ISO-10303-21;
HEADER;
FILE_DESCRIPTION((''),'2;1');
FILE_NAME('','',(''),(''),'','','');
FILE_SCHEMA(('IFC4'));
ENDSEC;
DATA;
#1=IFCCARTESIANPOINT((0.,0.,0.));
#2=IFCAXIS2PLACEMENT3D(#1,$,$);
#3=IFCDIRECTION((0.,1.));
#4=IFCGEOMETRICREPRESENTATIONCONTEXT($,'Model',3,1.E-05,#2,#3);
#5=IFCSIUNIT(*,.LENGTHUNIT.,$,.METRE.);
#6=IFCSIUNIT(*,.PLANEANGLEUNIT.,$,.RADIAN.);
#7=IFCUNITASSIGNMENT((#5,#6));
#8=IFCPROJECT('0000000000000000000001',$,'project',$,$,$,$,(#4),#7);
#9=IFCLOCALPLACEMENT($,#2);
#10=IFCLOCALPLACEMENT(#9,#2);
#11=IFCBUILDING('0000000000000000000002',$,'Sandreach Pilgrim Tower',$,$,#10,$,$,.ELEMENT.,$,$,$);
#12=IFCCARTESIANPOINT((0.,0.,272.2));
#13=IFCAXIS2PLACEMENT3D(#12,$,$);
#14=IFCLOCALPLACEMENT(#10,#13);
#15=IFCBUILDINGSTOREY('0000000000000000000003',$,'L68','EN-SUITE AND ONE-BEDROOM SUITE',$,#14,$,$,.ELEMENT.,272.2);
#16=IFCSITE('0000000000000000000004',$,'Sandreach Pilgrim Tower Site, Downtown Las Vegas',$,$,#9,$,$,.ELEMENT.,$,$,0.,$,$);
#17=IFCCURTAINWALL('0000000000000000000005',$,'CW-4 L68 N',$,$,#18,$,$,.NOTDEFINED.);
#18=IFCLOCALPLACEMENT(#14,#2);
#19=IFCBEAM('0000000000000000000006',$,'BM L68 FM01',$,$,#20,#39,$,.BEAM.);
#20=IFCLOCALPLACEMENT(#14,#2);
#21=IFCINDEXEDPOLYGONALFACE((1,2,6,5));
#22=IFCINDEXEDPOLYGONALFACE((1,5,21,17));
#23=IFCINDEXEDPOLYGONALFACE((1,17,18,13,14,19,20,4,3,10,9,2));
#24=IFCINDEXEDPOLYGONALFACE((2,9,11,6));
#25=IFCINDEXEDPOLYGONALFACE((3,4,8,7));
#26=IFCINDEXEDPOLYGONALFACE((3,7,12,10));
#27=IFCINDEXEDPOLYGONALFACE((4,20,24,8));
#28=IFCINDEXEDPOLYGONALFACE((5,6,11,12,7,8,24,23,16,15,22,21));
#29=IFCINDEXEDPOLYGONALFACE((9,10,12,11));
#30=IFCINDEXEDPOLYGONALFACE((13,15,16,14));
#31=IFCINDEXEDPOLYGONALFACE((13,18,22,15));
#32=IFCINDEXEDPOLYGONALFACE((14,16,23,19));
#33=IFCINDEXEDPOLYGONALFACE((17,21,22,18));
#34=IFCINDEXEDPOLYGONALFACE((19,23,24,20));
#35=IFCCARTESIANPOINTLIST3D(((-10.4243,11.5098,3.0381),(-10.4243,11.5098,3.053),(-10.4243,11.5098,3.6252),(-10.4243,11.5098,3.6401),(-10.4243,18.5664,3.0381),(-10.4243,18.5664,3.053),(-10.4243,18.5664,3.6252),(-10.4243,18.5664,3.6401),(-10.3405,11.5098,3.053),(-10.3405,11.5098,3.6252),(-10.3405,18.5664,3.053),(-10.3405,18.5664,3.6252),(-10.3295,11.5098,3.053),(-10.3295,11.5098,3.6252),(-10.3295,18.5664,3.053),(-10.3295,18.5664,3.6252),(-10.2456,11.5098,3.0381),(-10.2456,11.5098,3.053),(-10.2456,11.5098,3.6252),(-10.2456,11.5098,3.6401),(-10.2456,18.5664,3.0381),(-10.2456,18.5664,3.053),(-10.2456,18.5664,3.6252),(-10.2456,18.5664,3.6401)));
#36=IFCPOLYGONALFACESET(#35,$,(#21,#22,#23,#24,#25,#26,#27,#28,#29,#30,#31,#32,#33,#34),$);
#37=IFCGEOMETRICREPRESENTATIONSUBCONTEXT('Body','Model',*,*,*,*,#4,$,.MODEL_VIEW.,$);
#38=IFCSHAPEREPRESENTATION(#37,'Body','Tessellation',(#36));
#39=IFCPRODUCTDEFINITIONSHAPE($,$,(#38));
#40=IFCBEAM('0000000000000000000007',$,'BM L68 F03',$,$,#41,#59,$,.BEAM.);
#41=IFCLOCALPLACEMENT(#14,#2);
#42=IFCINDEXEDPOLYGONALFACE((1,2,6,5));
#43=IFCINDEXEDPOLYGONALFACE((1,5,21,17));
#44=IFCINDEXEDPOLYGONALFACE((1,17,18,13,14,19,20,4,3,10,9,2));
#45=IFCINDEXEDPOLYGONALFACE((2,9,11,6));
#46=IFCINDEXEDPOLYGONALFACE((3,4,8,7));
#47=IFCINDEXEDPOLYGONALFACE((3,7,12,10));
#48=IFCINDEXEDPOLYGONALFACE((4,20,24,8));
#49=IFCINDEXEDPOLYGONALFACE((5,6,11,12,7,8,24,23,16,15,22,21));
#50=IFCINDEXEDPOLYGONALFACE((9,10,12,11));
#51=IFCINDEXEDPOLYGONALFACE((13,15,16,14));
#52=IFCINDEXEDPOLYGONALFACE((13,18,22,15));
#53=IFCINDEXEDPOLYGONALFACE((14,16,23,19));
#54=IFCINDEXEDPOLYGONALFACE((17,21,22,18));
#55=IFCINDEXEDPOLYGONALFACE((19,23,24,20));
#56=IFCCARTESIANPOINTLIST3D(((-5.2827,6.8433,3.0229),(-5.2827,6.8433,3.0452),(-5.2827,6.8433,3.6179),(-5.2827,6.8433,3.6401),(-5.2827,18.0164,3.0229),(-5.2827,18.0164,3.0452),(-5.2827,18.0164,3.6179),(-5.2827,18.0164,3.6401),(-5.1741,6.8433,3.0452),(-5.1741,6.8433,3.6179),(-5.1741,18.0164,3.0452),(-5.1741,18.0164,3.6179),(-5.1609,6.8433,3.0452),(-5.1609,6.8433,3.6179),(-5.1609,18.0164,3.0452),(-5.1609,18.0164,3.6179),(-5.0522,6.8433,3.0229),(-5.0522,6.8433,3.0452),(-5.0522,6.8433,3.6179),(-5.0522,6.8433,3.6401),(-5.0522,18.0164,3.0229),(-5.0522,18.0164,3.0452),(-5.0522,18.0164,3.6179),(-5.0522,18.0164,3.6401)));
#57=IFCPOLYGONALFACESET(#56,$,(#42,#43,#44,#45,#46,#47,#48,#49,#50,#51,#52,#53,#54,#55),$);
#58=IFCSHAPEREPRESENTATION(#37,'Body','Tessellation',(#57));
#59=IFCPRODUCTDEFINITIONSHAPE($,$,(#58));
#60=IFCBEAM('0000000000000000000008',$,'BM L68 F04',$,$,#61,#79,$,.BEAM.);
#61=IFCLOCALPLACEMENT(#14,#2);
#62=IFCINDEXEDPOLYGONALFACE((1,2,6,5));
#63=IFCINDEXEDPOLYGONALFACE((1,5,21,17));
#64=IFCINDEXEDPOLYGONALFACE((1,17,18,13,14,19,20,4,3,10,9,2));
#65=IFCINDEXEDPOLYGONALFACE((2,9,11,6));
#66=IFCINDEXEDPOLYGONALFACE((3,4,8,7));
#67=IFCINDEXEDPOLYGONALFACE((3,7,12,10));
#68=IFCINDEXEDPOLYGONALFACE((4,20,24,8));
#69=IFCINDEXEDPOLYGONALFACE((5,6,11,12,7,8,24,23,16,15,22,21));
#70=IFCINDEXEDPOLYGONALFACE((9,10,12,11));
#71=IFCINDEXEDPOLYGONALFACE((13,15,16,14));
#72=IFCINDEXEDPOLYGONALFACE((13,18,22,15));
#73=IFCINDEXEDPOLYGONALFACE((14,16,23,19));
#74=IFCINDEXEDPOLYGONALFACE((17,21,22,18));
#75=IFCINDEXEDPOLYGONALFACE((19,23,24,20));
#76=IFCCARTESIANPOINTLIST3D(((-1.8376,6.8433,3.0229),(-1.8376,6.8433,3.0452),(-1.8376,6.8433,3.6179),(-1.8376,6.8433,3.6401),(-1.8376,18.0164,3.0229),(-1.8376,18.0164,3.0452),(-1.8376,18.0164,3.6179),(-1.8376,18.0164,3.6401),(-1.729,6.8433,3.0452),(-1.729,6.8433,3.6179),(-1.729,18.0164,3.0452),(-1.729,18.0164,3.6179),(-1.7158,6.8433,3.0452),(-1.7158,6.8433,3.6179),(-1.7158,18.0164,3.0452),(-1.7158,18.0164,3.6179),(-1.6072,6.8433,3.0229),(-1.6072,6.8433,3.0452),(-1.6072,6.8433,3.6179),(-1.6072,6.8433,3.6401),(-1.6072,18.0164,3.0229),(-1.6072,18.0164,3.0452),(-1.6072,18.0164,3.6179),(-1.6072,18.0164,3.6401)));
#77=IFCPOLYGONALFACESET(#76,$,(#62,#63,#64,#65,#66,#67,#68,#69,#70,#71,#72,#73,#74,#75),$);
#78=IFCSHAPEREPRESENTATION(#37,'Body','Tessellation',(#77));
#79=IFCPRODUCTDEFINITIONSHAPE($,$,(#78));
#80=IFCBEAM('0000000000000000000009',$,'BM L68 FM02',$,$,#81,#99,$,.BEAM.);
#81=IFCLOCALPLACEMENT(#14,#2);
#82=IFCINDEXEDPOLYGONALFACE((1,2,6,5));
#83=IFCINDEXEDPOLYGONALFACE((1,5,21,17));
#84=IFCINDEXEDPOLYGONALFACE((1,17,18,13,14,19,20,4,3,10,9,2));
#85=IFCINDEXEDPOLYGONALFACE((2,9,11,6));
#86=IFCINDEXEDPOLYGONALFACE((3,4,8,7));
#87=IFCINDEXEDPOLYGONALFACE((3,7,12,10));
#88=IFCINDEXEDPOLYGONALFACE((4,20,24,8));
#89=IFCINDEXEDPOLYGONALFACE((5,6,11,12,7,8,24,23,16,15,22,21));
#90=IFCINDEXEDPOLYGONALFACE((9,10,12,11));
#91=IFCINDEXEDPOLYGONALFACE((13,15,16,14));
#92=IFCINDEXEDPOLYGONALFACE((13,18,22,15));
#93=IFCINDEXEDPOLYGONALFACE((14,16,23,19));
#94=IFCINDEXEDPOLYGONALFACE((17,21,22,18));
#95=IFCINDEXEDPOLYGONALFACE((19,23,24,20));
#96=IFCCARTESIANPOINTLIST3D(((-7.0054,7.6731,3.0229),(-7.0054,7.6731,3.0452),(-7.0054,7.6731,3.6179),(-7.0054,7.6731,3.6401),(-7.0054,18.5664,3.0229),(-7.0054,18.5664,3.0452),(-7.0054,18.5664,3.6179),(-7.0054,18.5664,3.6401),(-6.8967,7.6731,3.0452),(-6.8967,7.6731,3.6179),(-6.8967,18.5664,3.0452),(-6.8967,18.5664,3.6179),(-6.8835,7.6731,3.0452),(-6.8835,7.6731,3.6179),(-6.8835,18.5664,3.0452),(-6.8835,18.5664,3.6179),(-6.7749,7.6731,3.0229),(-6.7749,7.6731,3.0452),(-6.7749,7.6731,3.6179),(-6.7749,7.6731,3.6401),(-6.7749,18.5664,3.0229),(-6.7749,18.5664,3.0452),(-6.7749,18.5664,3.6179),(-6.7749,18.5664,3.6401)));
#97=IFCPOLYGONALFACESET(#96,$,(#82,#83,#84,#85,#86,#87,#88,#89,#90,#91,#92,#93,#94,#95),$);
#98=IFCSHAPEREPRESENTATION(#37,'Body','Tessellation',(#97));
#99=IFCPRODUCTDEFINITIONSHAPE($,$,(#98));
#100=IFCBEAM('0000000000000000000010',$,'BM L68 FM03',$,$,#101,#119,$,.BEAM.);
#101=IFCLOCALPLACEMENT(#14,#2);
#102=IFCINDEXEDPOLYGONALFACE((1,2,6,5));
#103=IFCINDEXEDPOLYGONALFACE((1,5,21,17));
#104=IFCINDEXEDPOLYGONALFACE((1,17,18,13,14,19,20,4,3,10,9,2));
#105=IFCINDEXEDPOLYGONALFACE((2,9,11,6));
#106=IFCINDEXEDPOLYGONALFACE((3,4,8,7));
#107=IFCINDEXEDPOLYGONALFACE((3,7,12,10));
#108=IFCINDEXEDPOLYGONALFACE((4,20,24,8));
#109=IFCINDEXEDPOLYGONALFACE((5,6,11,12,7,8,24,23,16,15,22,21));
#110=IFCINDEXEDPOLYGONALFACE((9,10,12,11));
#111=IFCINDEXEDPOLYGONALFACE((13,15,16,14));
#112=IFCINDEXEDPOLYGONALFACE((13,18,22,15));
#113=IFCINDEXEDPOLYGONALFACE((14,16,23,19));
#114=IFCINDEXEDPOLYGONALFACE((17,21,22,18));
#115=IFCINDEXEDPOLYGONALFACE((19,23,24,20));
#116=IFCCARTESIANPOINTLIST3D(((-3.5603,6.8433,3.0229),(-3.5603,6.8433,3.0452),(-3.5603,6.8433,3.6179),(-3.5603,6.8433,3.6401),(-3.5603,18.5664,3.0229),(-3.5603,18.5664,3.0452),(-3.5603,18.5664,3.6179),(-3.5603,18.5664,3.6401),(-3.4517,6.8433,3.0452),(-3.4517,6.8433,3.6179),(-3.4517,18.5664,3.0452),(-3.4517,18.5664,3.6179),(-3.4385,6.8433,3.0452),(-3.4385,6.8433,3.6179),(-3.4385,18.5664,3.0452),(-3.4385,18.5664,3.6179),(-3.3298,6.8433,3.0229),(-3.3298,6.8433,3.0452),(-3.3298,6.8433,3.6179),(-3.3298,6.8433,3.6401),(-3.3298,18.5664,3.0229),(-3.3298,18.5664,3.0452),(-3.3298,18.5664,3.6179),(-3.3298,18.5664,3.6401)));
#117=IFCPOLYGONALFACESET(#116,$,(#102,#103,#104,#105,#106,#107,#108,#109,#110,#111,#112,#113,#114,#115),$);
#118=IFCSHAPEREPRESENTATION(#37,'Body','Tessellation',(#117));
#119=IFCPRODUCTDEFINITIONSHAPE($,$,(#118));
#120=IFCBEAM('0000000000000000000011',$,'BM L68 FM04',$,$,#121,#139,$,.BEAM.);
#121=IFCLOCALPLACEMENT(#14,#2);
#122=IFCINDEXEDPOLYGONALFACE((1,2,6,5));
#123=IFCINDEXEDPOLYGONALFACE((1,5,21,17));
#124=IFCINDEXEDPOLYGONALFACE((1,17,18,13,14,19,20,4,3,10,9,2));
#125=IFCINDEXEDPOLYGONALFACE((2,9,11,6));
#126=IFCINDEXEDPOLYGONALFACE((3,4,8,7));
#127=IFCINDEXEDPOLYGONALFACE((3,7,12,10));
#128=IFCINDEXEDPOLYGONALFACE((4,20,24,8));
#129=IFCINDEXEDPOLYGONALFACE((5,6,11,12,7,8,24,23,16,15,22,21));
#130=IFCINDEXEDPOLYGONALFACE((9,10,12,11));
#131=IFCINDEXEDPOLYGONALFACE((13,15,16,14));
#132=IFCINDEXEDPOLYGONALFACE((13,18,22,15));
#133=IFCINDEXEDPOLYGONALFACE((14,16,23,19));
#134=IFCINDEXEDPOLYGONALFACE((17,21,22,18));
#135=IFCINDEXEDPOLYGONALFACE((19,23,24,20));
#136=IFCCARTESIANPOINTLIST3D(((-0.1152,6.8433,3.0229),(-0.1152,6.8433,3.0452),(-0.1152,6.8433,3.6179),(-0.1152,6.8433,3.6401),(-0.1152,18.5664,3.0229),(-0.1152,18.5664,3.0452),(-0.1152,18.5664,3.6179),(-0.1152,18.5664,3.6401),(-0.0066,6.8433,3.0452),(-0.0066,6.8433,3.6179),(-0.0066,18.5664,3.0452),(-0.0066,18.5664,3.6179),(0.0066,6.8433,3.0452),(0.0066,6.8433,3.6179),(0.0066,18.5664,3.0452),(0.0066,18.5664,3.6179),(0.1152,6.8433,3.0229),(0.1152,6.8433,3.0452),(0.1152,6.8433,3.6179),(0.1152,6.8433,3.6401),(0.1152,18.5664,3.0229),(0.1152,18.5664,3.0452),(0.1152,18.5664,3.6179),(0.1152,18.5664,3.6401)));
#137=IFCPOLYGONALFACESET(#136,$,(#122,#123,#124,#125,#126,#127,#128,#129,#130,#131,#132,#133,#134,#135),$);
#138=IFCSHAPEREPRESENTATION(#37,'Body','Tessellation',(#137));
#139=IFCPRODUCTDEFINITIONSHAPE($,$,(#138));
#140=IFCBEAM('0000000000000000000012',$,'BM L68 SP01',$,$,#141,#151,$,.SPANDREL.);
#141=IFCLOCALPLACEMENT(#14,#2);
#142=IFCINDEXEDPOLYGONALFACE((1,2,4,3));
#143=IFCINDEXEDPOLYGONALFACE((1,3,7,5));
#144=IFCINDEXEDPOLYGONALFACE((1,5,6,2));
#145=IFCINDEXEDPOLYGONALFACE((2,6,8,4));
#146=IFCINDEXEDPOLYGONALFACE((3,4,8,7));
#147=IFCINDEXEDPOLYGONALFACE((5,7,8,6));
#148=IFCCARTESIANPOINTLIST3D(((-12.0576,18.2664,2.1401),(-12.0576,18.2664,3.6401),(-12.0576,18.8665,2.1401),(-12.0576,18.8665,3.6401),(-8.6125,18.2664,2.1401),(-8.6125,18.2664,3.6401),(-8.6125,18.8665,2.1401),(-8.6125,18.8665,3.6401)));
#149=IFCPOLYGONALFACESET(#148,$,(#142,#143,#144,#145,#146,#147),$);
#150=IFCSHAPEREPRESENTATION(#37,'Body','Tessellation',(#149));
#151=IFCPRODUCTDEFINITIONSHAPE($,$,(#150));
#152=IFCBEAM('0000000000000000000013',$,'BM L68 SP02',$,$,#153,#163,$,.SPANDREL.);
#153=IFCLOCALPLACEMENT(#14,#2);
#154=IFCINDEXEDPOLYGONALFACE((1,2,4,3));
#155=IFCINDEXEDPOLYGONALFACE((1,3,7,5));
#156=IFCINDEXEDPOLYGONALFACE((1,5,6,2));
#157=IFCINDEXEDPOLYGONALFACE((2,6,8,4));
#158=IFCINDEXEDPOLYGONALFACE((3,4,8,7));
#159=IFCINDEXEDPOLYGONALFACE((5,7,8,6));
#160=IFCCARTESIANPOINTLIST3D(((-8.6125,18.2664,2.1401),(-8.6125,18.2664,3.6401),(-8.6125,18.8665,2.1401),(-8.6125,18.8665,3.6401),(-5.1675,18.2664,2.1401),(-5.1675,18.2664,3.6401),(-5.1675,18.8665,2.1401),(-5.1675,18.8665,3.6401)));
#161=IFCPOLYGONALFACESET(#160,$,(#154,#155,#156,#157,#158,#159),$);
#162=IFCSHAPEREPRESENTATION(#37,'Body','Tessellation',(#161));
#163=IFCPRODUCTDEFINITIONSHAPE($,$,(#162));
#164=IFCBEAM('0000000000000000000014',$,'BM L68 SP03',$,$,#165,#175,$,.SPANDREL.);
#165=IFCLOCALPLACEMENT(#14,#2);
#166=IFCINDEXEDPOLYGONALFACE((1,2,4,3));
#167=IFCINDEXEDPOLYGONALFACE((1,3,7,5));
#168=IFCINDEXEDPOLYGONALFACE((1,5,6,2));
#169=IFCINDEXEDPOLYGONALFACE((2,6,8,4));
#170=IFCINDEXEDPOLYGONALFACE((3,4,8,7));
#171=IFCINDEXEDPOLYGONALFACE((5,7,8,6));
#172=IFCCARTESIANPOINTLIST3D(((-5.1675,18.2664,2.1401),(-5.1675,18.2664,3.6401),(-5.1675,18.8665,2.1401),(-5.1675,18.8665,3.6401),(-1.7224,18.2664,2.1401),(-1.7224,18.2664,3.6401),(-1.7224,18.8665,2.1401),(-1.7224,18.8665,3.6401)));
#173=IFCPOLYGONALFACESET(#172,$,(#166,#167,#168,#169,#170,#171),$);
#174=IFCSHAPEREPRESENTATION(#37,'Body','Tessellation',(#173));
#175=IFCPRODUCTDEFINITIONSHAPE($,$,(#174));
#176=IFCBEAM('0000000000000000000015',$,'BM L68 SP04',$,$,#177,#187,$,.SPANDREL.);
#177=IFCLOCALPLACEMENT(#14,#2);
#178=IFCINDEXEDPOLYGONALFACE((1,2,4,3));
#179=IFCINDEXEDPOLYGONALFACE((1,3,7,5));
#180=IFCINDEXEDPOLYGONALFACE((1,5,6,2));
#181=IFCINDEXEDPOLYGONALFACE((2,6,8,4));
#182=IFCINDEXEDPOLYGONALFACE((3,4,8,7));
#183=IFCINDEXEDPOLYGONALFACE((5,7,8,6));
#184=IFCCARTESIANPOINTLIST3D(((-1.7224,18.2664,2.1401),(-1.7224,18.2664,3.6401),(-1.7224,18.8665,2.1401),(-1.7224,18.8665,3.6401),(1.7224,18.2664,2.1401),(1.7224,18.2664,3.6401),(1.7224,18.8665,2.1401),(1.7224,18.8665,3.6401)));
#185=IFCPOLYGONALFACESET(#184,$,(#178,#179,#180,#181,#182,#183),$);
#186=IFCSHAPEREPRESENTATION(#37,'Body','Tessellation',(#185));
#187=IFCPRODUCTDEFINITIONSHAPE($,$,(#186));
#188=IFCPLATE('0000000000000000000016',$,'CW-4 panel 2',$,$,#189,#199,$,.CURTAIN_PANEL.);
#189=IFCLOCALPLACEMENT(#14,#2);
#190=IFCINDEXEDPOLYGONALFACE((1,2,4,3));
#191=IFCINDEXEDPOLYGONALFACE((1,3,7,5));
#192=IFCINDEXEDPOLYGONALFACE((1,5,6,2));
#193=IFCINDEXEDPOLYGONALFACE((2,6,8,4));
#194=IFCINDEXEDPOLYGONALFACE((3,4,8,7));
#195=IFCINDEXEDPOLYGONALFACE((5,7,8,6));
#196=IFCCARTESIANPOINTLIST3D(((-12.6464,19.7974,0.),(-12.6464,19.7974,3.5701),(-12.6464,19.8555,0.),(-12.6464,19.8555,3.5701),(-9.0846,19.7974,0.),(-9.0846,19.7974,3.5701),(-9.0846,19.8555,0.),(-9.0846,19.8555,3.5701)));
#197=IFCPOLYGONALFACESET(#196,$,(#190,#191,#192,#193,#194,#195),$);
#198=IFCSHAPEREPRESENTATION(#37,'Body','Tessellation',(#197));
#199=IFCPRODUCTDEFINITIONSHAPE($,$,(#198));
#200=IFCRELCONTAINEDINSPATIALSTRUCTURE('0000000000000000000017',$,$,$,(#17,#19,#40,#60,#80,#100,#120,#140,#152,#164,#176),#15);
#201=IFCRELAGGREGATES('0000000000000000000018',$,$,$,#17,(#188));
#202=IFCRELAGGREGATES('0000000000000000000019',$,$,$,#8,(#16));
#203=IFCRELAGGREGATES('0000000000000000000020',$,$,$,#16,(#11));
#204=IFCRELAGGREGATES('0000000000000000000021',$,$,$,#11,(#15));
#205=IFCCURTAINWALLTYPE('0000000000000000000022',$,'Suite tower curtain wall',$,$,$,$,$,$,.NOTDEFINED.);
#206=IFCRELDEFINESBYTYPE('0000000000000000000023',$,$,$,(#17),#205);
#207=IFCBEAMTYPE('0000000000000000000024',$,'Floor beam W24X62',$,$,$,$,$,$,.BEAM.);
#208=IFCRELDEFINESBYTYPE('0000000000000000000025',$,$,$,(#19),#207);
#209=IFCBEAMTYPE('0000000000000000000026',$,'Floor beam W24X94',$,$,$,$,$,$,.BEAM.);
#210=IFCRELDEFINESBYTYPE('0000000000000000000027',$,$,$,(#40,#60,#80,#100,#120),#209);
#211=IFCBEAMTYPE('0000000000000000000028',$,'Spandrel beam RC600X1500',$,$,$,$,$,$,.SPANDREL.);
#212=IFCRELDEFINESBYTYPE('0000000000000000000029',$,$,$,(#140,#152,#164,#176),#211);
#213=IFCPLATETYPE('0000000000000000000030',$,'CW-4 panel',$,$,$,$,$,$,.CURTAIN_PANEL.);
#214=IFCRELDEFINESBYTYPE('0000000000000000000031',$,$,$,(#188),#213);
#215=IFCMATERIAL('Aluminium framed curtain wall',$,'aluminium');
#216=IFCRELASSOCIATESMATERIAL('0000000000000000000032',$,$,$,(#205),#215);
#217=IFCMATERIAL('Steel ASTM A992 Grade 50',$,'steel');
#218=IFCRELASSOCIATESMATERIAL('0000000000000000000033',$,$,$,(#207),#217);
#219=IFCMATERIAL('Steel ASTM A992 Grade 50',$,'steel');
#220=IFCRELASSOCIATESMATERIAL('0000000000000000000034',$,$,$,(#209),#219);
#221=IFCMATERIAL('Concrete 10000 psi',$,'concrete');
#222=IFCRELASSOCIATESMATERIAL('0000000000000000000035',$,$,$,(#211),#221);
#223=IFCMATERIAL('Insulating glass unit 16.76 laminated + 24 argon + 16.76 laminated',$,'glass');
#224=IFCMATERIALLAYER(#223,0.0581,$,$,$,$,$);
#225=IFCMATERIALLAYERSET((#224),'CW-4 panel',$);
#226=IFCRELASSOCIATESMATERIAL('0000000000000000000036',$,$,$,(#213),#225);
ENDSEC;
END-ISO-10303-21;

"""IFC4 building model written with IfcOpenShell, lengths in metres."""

from ifc_helpers import new_model, si_unit, direction, frame, origin, origin_2d, place, context, subcontext, project, spatial, rectangle, i_section, extrude, material, layer, layer_set, material_profile, profile_set, type_object, element, aggregate, save


model = new_model("IFC4")

# Units and contexts
model_context = context("Model", 3, precision=1e-05, world=origin(), true_north=direction((0.0, 1.0)))
body_context = subcontext(model_context, "Body", "Model", "MODEL_VIEW")
ifc_project = project(units=[si_unit("LENGTHUNIT", "METRE"), si_unit("PLANEANGLEUNIT", "RADIAN")], contexts=[model_context])

# Site, building, storey
site_placement = place(None, origin())
site = spatial("IfcSite", under=ifc_project, at=site_placement, Name="Sandreach Pilgrim Tower Site, Downtown Las Vegas", CompositionType="ELEMENT", RefElevation=0.0)
building_placement = place(site_placement, origin())
building = spatial("IfcBuilding", under=site, at=building_placement, Name="Sandreach Pilgrim Tower", CompositionType="ELEMENT")
storey_placement = place(building_placement, frame((0.0, 0.0, 272.2)))
storey = spatial("IfcBuildingStorey", under=building, at=storey_placement, Name="L68", Description="EN-SUITE AND ONE-BEDROOM SUITE", CompositionType="ELEMENT", Elevation=272.2)

# Curtain wall
ifc_material_1 = material(Name="Aluminium framed curtain wall", Category="aluminium")
curtain_wall_type = type_object("IfcCurtainWallType", Name="Suite tower curtain wall", PredefinedType="NOTDEFINED", material=ifc_material_1)
curtain_wall_placement = place(storey_placement, origin())
curtain_wall = element("IfcCurtainWall", 1, at=curtain_wall_placement, inside=storey, type_object=curtain_wall_type, Name="CW-4 L68 N", PredefinedType="NOTDEFINED")

# Beams
ifc_material_2 = material(Name="Steel ASTM A992 Grade 50", Category="steel")
ifc_material_profile_1 = material_profile(ifc_material_2, i_section(OverallWidth=0.1787, OverallDepth=0.6021, WebThickness=0.011, FlangeThickness=0.0149, at=origin_2d()), Name="W24X62")
ifc_profile_set_1 = profile_set([ifc_material_profile_1], Name="Steel ASTM A992 Grade 50")
beam_type_1 = type_object("IfcBeamType", Name="Floor beam W24X62", PredefinedType="BEAM", material=ifc_profile_set_1)
beam_1_placement = place(storey_placement, frame((-10.335, 18.5664, 3.3391), z_axis=(0.0, -1.0, 0.0), x_axis=(1.0, 0.0, 0.0)))
element("IfcBeam", 2, at=beam_1_placement, inside=storey, type_object=beam_type_1, Name="BM L68 FM01", PredefinedType="BEAM", context=body_context, shape_type="SweptSolid", body=[
    extrude(i_section(OverallWidth=0.1787, OverallDepth=0.6021, WebThickness=0.011, FlangeThickness=0.0149, at=origin_2d()), origin(), (0.0, 0.0, 1.0), 7.0566),
])
ifc_material_3 = material(Name="Steel ASTM A992 Grade 50", Category="steel")
ifc_material_profile_2 = material_profile(ifc_material_3, i_section(OverallWidth=0.2305, OverallDepth=0.6172, WebThickness=0.0132, FlangeThickness=0.0222, at=origin_2d()), Name="W24X94")
ifc_profile_set_2 = profile_set([ifc_material_profile_2], Name="Steel ASTM A992 Grade 50")
beam_type_2 = type_object("IfcBeamType", Name="Floor beam W24X94", PredefinedType="BEAM", material=ifc_profile_set_2)
for number, where, z_axis, x_axis, name in (
    (3, (-5.1675, 18.0164, 3.3315), (0.0, -1.0, 0.0), (1.0, 0.0, 0.0), "BM L68 F03"),
    (4, (-1.7224, 18.0164, 3.3315), (0.0, -1.0, 0.0), (1.0, 0.0, 0.0), "BM L68 F04"),
):
    element("IfcBeam", number, at=place(storey_placement, frame(where, z_axis=z_axis, x_axis=x_axis)), inside=storey, type_object=beam_type_2, Name=name, PredefinedType="BEAM", context=body_context, shape_type="SweptSolid", body=[
        extrude(i_section(OverallWidth=0.2305, OverallDepth=0.6172, WebThickness=0.0132, FlangeThickness=0.0222, at=origin_2d()), origin(), (0.0, 0.0, 1.0), 11.1731),
    ])
beam_2_placement = place(storey_placement, frame((-6.8901, 18.5664, 3.3315), z_axis=(0.0, -1.0, 0.0), x_axis=(1.0, 0.0, 0.0)))
element("IfcBeam", 5, at=beam_2_placement, inside=storey, type_object=beam_type_2, Name="BM L68 FM02", PredefinedType="BEAM", context=body_context, shape_type="SweptSolid", body=[
    extrude(i_section(OverallWidth=0.2305, OverallDepth=0.6172, WebThickness=0.0132, FlangeThickness=0.0222, at=origin_2d()), origin(), (0.0, 0.0, 1.0), 10.8933),
])
for number, where, z_axis, x_axis, name in (
    (6, (-3.4451, 18.5664, 3.3315), (0.0, -1.0, 0.0), (1.0, 0.0, 0.0), "BM L68 FM03"),
    (7, (0.0, 18.5664, 3.3315), (0.0, -1.0, 0.0), (1.0, 0.0, 0.0), "BM L68 FM04"),
):
    element("IfcBeam", number, at=place(storey_placement, frame(where, z_axis=z_axis, x_axis=x_axis)), inside=storey, type_object=beam_type_2, Name=name, PredefinedType="BEAM", context=body_context, shape_type="SweptSolid", body=[
        extrude(i_section(OverallWidth=0.2305, OverallDepth=0.6172, WebThickness=0.0132, FlangeThickness=0.0222, at=origin_2d()), origin(), (0.0, 0.0, 1.0), 11.7231),
    ])
ifc_material_4 = material(Name="Concrete 10000 psi", Category="concrete")
ifc_material_profile_3 = material_profile(ifc_material_4, rectangle(XDim=0.6001, YDim=1.5, at=origin_2d()), Name="RC600X1500")
ifc_profile_set_3 = profile_set([ifc_material_profile_3], Name="Concrete 10000 psi")
beam_type_3 = type_object("IfcBeamType", Name="Spandrel beam RC600X1500", PredefinedType="SPANDREL", material=ifc_profile_set_3)
for number, where, z_axis, x_axis, name in (
    (8, (-12.0576, 18.5664, 2.8901), (1.0, 0.0, 0.0), (0.0, 1.0, 0.0), "BM L68 SP01"),
    (9, (-8.6125, 18.5664, 2.8901), (1.0, 0.0, 0.0), (0.0, 1.0, 0.0), "BM L68 SP02"),
    (10, (-5.1675, 18.5664, 2.8901), (1.0, 0.0, 0.0), (0.0, 1.0, 0.0), "BM L68 SP03"),
):
    element("IfcBeam", number, at=place(storey_placement, frame(where, z_axis=z_axis, x_axis=x_axis)), inside=storey, type_object=beam_type_3, Name=name, PredefinedType="SPANDREL", context=body_context, shape_type="SweptSolid", body=[
        extrude(rectangle(XDim=0.6001, YDim=1.5, at=origin_2d()), origin(), (0.0, 0.0, 1.0), 3.4451),
    ])
beam_3_placement = place(storey_placement, frame((-1.7224, 18.5664, 2.8901), z_axis=(1.0, 0.0, 0.0), x_axis=(0.0, 1.0, 0.0)))
element("IfcBeam", 11, at=beam_3_placement, inside=storey, type_object=beam_type_3, Name="BM L68 SP04", PredefinedType="SPANDREL", context=body_context, shape_type="SweptSolid", body=[
    extrude(rectangle(XDim=0.6001, YDim=1.5, at=origin_2d()), origin(), (0.0, 0.0, 1.0), 3.4448),
])

# Plate
ifc_material_5 = material(Name="Insulating glass unit 16.76 laminated + 24 argon + 16.76 laminated", Category="glass")
ifc_layer_1 = layer(ifc_material_5, 0.0581)
ifc_layer_set_1 = layer_set([ifc_layer_1], Name="CW-4 panel")
plate_type = type_object("IfcPlateType", Name="CW-4 panel", PredefinedType="CURTAIN_PANEL", material=ifc_layer_set_1)
plate_1_placement = place(storey_placement, frame((-10.8655, 19.8264, 0.0), z_axis=(0.0, 0.0, 1.0), x_axis=(1.0, 0.0, 0.0)))
plate_1 = element("IfcPlate", 12, at=plate_1_placement, type_object=plate_type, Name="CW-4 panel 2", PredefinedType="CURTAIN_PANEL", context=body_context, shape_type="SweptSolid", body=[
    extrude(rectangle(XDim=3.5618, YDim=0.0581, at=origin_2d()), origin(), (0.0, 0.0, 1.0), 3.5701),
])
aggregate(curtain_wall, [plate_1])

save(model, "model.ifc")
